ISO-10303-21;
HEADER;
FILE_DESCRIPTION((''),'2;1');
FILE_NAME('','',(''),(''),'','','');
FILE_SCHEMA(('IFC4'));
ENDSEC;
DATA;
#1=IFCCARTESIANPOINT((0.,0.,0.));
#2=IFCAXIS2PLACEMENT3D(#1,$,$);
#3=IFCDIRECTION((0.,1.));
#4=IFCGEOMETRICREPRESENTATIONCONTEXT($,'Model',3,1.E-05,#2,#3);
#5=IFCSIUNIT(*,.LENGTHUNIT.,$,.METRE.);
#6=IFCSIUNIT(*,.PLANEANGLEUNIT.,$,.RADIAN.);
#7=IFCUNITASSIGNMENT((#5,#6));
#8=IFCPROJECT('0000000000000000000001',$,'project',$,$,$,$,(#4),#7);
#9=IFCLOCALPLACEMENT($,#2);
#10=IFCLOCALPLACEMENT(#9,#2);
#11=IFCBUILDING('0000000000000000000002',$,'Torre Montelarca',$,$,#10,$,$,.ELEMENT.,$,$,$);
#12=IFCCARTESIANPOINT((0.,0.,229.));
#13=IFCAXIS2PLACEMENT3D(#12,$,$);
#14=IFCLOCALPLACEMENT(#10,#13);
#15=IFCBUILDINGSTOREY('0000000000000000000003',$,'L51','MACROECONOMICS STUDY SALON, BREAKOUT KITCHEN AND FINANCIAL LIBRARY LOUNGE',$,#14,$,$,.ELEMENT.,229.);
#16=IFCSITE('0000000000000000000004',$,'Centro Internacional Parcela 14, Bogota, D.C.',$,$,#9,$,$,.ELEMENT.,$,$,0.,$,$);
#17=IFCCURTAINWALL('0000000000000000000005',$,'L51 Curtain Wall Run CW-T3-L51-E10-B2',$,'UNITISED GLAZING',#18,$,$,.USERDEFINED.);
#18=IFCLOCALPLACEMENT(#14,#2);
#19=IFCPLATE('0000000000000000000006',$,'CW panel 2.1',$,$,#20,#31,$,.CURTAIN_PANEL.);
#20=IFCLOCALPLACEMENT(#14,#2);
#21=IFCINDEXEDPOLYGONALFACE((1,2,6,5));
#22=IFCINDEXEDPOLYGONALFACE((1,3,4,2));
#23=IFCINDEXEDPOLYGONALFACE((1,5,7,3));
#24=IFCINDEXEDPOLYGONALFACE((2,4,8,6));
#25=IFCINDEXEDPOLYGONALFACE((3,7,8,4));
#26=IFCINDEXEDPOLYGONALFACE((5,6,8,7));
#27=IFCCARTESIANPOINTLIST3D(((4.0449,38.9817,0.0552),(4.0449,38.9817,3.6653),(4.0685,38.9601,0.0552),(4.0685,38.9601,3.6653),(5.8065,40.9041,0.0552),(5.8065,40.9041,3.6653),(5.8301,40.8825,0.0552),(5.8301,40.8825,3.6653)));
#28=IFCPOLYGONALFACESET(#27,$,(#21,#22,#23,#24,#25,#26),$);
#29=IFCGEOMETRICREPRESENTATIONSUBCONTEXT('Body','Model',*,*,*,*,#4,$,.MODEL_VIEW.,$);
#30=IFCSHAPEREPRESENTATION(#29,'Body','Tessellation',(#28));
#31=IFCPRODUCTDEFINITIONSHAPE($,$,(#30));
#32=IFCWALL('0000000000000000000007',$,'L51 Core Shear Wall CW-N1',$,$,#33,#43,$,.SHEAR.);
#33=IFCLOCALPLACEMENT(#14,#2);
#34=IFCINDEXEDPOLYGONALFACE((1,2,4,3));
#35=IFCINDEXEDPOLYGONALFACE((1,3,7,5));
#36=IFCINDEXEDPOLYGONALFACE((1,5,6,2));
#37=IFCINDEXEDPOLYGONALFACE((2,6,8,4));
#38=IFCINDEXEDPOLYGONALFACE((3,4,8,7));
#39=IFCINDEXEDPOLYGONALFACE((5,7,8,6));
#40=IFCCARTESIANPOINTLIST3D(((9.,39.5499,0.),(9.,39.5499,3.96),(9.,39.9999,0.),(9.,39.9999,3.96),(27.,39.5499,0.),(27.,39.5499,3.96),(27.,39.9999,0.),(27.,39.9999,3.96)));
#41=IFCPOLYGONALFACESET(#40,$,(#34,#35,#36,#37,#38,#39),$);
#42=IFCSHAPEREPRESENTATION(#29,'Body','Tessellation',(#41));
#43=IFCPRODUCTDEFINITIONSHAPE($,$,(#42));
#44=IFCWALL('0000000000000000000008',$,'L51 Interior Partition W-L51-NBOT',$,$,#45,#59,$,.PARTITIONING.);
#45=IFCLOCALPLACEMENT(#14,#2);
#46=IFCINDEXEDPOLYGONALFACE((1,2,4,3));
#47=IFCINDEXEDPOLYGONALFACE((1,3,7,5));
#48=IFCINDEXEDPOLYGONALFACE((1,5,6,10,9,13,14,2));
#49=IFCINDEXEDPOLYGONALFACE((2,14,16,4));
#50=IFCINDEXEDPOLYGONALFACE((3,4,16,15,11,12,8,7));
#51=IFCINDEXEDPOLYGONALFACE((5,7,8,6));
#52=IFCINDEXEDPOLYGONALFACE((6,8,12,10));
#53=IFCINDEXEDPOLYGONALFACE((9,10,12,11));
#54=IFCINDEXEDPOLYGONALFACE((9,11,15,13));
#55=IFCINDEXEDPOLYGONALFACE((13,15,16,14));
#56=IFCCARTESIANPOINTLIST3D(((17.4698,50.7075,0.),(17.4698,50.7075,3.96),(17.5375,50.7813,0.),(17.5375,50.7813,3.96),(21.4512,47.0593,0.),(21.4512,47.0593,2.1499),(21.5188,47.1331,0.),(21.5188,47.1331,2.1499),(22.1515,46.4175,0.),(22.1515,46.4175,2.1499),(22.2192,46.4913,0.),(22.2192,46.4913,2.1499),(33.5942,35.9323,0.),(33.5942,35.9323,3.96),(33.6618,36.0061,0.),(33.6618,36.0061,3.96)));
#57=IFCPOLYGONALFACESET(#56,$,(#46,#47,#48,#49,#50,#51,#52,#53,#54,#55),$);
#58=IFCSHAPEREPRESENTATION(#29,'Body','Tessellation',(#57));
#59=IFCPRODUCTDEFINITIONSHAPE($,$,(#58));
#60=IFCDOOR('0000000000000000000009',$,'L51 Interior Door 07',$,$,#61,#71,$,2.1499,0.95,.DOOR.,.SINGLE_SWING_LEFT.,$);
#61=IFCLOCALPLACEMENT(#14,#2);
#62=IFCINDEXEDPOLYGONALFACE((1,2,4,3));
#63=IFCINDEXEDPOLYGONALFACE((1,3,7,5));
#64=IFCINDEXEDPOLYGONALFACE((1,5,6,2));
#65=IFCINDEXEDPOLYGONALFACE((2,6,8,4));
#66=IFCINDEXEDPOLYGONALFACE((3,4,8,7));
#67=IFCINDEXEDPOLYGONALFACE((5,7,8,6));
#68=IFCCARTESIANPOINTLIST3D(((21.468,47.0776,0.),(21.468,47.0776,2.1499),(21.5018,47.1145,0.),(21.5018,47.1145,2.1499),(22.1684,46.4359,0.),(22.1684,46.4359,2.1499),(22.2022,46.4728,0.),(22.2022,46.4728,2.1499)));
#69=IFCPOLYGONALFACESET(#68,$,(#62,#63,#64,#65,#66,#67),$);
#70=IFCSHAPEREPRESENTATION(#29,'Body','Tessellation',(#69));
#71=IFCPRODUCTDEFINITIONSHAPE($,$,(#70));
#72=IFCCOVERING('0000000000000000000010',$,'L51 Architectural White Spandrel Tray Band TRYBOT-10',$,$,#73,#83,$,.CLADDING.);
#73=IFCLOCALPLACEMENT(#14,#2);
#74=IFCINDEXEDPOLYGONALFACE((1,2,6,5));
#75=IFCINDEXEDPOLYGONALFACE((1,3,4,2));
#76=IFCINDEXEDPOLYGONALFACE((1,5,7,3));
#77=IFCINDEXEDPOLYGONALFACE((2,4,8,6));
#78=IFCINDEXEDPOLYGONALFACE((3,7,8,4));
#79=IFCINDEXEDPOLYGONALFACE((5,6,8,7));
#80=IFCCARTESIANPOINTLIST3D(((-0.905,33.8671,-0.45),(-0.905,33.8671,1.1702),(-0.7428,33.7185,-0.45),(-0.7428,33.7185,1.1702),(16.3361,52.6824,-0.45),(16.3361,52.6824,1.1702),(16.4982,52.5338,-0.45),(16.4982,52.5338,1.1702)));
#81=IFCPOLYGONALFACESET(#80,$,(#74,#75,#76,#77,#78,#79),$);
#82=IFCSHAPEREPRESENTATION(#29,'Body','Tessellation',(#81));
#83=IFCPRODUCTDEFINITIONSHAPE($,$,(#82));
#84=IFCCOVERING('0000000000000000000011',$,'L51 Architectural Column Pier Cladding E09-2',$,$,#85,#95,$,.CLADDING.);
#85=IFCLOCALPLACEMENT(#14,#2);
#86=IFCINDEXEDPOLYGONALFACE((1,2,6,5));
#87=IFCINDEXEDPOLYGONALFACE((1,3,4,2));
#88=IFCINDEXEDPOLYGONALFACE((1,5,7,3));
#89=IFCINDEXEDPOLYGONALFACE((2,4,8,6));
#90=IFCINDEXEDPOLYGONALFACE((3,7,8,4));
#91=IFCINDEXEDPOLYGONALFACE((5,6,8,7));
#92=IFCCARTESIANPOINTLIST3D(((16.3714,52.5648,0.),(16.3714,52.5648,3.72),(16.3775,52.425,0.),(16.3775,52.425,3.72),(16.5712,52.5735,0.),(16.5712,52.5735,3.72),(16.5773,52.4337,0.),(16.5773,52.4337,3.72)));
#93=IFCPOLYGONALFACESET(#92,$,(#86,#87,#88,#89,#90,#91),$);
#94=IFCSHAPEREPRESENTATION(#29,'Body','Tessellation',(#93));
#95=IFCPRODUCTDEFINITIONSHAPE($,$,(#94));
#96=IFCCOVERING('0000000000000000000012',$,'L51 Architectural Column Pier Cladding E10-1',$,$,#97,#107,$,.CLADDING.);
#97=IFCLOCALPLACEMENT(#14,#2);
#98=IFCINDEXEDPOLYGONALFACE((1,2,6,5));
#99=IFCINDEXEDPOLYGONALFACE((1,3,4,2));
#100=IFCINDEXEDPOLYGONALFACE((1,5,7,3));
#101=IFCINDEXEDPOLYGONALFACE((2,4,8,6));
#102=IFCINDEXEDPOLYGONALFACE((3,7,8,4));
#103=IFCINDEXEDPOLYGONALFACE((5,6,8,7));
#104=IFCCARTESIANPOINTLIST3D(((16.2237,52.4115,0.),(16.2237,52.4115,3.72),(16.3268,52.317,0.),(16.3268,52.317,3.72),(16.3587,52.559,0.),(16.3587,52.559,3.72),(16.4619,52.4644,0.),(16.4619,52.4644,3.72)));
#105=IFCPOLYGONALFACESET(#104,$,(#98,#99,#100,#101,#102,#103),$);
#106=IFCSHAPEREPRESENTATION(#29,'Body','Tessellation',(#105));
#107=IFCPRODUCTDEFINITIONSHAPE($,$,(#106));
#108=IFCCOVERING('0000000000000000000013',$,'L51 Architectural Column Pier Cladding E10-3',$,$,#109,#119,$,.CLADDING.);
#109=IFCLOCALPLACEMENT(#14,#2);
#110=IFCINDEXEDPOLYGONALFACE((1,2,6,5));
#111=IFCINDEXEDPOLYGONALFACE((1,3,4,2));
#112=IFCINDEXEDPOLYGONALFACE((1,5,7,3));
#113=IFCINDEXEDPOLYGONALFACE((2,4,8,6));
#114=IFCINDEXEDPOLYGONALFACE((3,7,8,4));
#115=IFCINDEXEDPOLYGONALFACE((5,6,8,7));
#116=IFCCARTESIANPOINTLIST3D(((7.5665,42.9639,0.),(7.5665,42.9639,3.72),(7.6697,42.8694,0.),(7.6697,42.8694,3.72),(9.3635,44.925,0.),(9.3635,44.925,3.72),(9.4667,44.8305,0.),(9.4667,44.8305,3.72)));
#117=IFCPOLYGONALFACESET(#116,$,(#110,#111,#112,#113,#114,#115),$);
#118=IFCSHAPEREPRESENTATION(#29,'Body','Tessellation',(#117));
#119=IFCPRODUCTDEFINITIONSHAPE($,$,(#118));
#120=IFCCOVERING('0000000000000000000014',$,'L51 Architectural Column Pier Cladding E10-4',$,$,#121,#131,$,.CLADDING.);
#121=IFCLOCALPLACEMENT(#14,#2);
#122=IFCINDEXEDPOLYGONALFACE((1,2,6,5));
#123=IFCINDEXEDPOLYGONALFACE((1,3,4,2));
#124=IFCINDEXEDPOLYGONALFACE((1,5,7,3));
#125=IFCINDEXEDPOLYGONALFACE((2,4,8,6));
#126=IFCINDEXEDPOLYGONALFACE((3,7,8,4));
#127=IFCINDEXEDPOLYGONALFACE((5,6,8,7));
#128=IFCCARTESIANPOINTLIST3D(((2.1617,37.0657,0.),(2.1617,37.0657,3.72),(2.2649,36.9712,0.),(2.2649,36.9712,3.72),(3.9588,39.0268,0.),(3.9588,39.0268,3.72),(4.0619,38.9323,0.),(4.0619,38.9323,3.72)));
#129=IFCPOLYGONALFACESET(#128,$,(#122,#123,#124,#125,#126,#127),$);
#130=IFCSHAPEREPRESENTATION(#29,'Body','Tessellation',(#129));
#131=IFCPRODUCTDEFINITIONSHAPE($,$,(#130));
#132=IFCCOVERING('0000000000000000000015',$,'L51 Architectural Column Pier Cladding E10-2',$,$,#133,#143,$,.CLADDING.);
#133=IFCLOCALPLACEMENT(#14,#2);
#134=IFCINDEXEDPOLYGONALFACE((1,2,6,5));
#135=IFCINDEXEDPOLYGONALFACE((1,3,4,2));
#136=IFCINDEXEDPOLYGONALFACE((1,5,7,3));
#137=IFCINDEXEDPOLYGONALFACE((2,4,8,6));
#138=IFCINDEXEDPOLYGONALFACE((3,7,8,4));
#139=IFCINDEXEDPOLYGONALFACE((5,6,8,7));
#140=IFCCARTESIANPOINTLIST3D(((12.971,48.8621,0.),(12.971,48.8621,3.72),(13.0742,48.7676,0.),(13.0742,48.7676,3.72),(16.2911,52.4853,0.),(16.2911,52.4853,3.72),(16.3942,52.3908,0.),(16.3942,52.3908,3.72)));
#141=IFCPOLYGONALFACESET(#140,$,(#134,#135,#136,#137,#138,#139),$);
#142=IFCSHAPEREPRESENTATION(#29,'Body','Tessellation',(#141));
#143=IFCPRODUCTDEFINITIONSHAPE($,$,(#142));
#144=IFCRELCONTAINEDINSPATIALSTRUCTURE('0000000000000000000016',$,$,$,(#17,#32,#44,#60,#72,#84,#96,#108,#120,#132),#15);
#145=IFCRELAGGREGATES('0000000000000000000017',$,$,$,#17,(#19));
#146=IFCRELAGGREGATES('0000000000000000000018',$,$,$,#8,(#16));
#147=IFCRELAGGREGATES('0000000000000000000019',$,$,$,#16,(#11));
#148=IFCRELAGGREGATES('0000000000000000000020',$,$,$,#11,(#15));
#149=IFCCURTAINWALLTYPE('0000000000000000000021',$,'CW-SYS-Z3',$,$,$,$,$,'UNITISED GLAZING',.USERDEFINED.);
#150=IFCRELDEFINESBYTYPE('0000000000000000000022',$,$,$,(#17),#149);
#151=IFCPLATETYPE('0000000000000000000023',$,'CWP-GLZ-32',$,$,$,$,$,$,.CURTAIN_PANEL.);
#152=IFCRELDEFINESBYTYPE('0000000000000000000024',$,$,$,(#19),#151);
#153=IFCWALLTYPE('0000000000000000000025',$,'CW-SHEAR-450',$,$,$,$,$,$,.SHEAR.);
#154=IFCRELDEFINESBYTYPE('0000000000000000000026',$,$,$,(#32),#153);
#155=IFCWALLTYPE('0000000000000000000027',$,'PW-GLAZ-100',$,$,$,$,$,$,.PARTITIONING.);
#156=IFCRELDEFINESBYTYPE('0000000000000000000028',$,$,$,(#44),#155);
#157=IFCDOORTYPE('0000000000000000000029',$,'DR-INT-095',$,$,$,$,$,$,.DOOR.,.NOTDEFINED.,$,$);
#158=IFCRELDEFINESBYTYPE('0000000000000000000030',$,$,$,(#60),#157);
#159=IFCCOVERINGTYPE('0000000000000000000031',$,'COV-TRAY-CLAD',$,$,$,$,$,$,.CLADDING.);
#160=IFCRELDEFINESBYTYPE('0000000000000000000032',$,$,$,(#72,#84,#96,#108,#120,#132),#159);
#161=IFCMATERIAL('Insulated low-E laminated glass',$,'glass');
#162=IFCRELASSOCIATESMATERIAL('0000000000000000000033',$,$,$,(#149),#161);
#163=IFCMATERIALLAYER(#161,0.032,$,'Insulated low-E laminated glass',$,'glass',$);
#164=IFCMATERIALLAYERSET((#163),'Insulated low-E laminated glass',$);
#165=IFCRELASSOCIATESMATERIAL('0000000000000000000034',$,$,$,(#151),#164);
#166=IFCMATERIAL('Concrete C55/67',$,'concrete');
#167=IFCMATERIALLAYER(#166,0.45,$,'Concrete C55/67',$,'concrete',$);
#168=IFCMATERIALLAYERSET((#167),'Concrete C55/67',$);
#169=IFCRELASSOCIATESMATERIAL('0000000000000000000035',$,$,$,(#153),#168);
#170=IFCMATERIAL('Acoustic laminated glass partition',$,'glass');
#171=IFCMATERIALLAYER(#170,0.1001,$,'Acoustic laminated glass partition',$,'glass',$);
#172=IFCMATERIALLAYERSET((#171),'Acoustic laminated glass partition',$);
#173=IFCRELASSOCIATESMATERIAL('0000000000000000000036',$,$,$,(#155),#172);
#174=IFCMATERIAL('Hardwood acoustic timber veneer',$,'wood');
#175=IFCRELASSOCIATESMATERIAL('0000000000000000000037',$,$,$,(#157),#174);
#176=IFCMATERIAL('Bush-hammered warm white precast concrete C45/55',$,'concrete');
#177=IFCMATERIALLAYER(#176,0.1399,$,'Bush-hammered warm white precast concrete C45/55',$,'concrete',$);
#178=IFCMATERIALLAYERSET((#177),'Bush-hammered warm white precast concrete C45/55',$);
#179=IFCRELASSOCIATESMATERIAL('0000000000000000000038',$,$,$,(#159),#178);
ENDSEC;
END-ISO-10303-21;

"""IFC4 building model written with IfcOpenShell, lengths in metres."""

from ifc_helpers import new_model, si_unit, direction, frame, frame_2d, origin, origin_2d, place, context, subcontext, project, spatial, rectangle, extrude, source, transform, mapped, material, layer, layer_set, type_object, element, fill, aggregate, save


model = new_model("IFC4")

# Units and contexts
model_context = context("Model", 3, precision=1e-05, world=origin(), true_north=direction((0.0, 1.0)))
body_context = subcontext(model_context, "Body", "Model", "MODEL_VIEW")
ifc_project = project(units=[si_unit("LENGTHUNIT", "METRE"), si_unit("PLANEANGLEUNIT", "RADIAN")], contexts=[model_context])

# Site, building, storey
site_placement = place(None, origin())
site = spatial("IfcSite", under=ifc_project, at=site_placement, Name="Centro Internacional Parcela 14, Bogota, D.C.", CompositionType="ELEMENT", RefElevation=0.0)
building_placement = place(site_placement, origin())
building = spatial("IfcBuilding", under=site, at=building_placement, Name="Torre Montelarca", CompositionType="ELEMENT")
storey_placement = place(building_placement, frame((0.0, 0.0, 229.0)))
storey = spatial("IfcBuildingStorey", under=building, at=storey_placement, Name="L51", Description="MACROECONOMICS STUDY SALON, BREAKOUT KITCHEN AND FINANCIAL LIBRARY LOUNGE", CompositionType="ELEMENT", Elevation=229.0)

# Shared definitions
ifc_material_1 = material(Name="Concrete C55/67", Category="concrete")

# Shared definitions
ifc_material_2 = material(Name="Insulated low-E laminated glass", Category="glass")
curtain_wall_type = type_object("IfcCurtainWallType", Name="CW-SYS-Z3", ElementType="UNITISED GLAZING", PredefinedType="USERDEFINED", material=ifc_material_2)

# Curtain wall
curtain_wall_1_placement = place(storey_placement, origin())
curtain_wall_1 = element("IfcCurtainWall", 1, at=curtain_wall_1_placement, inside=storey, type_object=curtain_wall_type, Name="L51 Curtain Wall Run CW-T3-L51-E10-B2", ObjectType="UNITISED GLAZING", PredefinedType="USERDEFINED")

# Plate
ifc_layer_1 = layer(ifc_material_2, 0.032, Name="Insulated low-E laminated glass", Category="glass")
ifc_layer_set_1 = layer_set([ifc_layer_1], Name="Insulated low-E laminated glass")
plate_type = type_object("IfcPlateType", Name="CWP-GLZ-32", PredefinedType="CURTAIN_PANEL", material=ifc_layer_set_1)
shared_shape_1 = source(origin(), body_context, "Body", "SweptSolid", [
    extrude(rectangle(XDim=2.6074, YDim=0.032, at=origin_2d()), origin(), (0.0, 0.0, 1.0), 3.6101),
])
plate_1_placement = place(storey_placement, frame((4.9375, 39.9321, 0.0552), z_axis=(0.0, 0.0, 1.0), x_axis=(-0.675588, -0.737279, 0.0)))
plate_1 = element("IfcPlate", 2, at=plate_1_placement, type_object=plate_type, Name="CW panel 2.1", PredefinedType="CURTAIN_PANEL", context=body_context, shape_type="MappedRepresentation", body=[
    mapped(shared_shape_1, transform((0.0, 0.0, 0.0), scale=1.0)),
])
aggregate(curtain_wall_1, [plate_1])

# Wall
ifc_layer_2 = layer(ifc_material_1, 0.45, Name="Concrete C55/67", Category="concrete")
ifc_layer_set_2 = layer_set([ifc_layer_2], Name="Concrete C55/67")
wall_type_1 = type_object("IfcWallType", Name="CW-SHEAR-450", PredefinedType="SHEAR", material=ifc_layer_set_2)
wall_1_placement = place(storey_placement, frame((9.0, 39.7749, 0.0), z_axis=(0.0, 0.0, 1.0), x_axis=(1.0, 0.0, 0.0)))
element("IfcWall", 3, at=wall_1_placement, inside=storey, type_object=wall_type_1, Name="L51 Core Shear Wall CW-N1", PredefinedType="SHEAR", context=body_context, shape_type="SweptSolid", body=[
    extrude(rectangle(XDim=18.0, YDim=0.45, at=frame_2d((9.0, 0.0))), origin(), (0.0, 0.0, 1.0), 3.96),
])

# Wall, opening, door
ifc_material_3 = material(Name="Acoustic laminated glass partition", Category="glass")
ifc_layer_3 = layer(ifc_material_3, 0.1001, Name="Acoustic laminated glass partition", Category="glass")
ifc_layer_set_3 = layer_set([ifc_layer_3], Name="Acoustic laminated glass partition")
wall_type_2 = type_object("IfcWallType", Name="PW-GLAZ-100", PredefinedType="PARTITIONING", material=ifc_layer_set_3)
wall_2_placement = place(storey_placement, frame((17.5037, 50.7444, 0.0), z_axis=(0.0, 0.0, 1.0), x_axis=(0.737278, -0.67559, 0.0)))
wall_2 = element("IfcWall", 4, at=wall_2_placement, inside=storey, type_object=wall_type_2, Name="L51 Interior Partition W-L51-NBOT", PredefinedType="PARTITIONING", context=body_context, shape_type="SweptSolid", body=[
    extrude(rectangle(XDim=21.8701, YDim=0.1001, at=frame_2d((10.9351, 0.0))), origin(), (0.0, 0.0, 1.0), 3.96),
])
opening_placement = place(wall_2_placement, frame((5.3999, 0.0, 0.0)))
opening = element("IfcOpeningElement", 5, at=opening_placement, cuts=wall_2, PredefinedType="OPENING", context=body_context, shape_type="SweptSolid", body=[
    extrude(rectangle(XDim=0.95, YDim=2.1499, at=frame_2d((0.4751, 1.075))), frame((0.0, 0.0601, 0.0), z_axis=(0.0, -1.0, 0.0), x_axis=(1.0, 0.0, 0.0)), (0.0, 0.0, 1.0), 0.1201),
])
ifc_material_4 = material(Name="Hardwood acoustic timber veneer", Category="wood")
door_type = type_object("IfcDoorType", Name="DR-INT-095", OperationType="NOTDEFINED", PredefinedType="DOOR", material=ifc_material_4)
shared_shape_2 = source(origin(), body_context, "Body", "SweptSolid", [
    extrude(rectangle(XDim=0.95, YDim=2.1499, at=frame_2d((0.4751, 1.075))), frame((0.0, 0.0249, 0.0), z_axis=(0.0, -1.0, 0.0), x_axis=(1.0, 0.0, 0.0)), (0.0, 0.0, 1.0), 0.05),
])
door_placement = place(opening_placement, origin())
door = element("IfcDoor", 6, at=door_placement, inside=storey, type_object=door_type, Name="L51 Interior Door 07", OperationType="SINGLE_SWING_LEFT", OverallHeight=2.1499, OverallWidth=0.95, PredefinedType="DOOR", context=body_context, shape_type="MappedRepresentation", body=[
    mapped(shared_shape_2, transform((0.0, 0.0, 0.0), scale=1.0)),
])
fill(opening, door)

# Coverings
ifc_material_5 = material(Name="Bush-hammered warm white precast concrete C45/55", Category="concrete")
ifc_layer_4 = layer(ifc_material_5, 0.1399, Name="Bush-hammered warm white precast concrete C45/55", Category="concrete")
ifc_layer_set_4 = layer_set([ifc_layer_4], Name="Bush-hammered warm white precast concrete C45/55")
covering_type = type_object("IfcCoveringType", Name="COV-TRAY-CLAD", PredefinedType="CLADDING", material=ifc_layer_set_4)
shared_shape_3 = source(origin(), body_context, "Body", "SweptSolid", [
    extrude(rectangle(XDim=25.52, YDim=0.22, at=origin_2d()), origin(), (0.0, 0.0, 1.0), 1.6201),
])
covering_1_placement = place(storey_placement, frame((7.7966, 43.2004, -0.45), z_axis=(0.0, 0.0, 1.0), x_axis=(-0.675589, -0.737279, 0.0)))
element("IfcCovering", 7, at=covering_1_placement, inside=storey, type_object=covering_type, Name="L51 Architectural White Spandrel Tray Band TRYBOT-10", PredefinedType="CLADDING", context=body_context, shape_type="MappedRepresentation", body=[
    mapped(shared_shape_3, transform((0.0, 0.0, 0.0), scale=1.0)),
])
shared_shape_4 = source(origin(), body_context, "Body", "SweptSolid", [
    extrude(rectangle(XDim=0.2, YDim=0.1399, at=origin_2d()), origin(), (0.0, 0.0, 1.0), 3.72),
])
for number, where, z_axis, x_axis, name in (
    (8, (16.4744, 52.4993, 0.0), (0.0, 0.0, 1.0), (-0.999048, -0.043628, 0.0), "L51 Architectural Column Pier Cladding E09-2"),
    (9, (16.3428, 52.438, 0.0), (0.0, 0.0, 1.0), (-0.675589, -0.737279, 0.0), "L51 Architectural Column Pier Cladding E10-1"),
):
    element("IfcCovering", number, at=place(storey_placement, frame(where, z_axis=z_axis, x_axis=x_axis)), inside=storey, type_object=covering_type, Name=name, PredefinedType="CLADDING", context=body_context, shape_type="MappedRepresentation", body=[
        mapped(shared_shape_4, transform((0.0, 0.0, 0.0), scale=1.0)),
    ])
shared_shape_5 = source(origin(), body_context, "Body", "SweptSolid", [
    extrude(rectangle(XDim=2.6599, YDim=0.1399, at=origin_2d()), origin(), (0.0, 0.0, 1.0), 3.72),
])
for number, where, z_axis, x_axis, name in (
    (10, (8.5166, 43.8972, 0.0), (0.0, 0.0, 1.0), (-0.675589, -0.737279, 0.0), "L51 Architectural Column Pier Cladding E10-3"),
    (11, (3.1118, 37.999, 0.0), (0.0, 0.0, 1.0), (-0.675589, -0.737279, 0.0), "L51 Architectural Column Pier Cladding E10-4"),
):
    element("IfcCovering", number, at=place(storey_placement, frame(where, z_axis=z_axis, x_axis=x_axis)), inside=storey, type_object=covering_type, Name=name, PredefinedType="CLADDING", context=body_context, shape_type="MappedRepresentation", body=[
        mapped(shared_shape_5, transform((0.0, 0.0, 0.0), scale=1.0)),
    ])
shared_shape_6 = source(origin(), body_context, "Body", "SweptSolid", [
    extrude(rectangle(XDim=4.9143, YDim=0.1399, at=origin_2d()), origin(), (0.0, 0.0, 1.0), 3.72),
])
covering_2_placement = place(storey_placement, frame((14.6826, 50.6265, 0.0), z_axis=(0.0, 0.0, 1.0), x_axis=(-0.675589, -0.737279, 0.0)))
element("IfcCovering", 12, at=covering_2_placement, inside=storey, type_object=covering_type, Name="L51 Architectural Column Pier Cladding E10-2", PredefinedType="CLADDING", context=body_context, shape_type="MappedRepresentation", body=[
    mapped(shared_shape_6, transform((0.0, 0.0, 0.0), scale=1.0)),
])

save(model, "model.ifc")
